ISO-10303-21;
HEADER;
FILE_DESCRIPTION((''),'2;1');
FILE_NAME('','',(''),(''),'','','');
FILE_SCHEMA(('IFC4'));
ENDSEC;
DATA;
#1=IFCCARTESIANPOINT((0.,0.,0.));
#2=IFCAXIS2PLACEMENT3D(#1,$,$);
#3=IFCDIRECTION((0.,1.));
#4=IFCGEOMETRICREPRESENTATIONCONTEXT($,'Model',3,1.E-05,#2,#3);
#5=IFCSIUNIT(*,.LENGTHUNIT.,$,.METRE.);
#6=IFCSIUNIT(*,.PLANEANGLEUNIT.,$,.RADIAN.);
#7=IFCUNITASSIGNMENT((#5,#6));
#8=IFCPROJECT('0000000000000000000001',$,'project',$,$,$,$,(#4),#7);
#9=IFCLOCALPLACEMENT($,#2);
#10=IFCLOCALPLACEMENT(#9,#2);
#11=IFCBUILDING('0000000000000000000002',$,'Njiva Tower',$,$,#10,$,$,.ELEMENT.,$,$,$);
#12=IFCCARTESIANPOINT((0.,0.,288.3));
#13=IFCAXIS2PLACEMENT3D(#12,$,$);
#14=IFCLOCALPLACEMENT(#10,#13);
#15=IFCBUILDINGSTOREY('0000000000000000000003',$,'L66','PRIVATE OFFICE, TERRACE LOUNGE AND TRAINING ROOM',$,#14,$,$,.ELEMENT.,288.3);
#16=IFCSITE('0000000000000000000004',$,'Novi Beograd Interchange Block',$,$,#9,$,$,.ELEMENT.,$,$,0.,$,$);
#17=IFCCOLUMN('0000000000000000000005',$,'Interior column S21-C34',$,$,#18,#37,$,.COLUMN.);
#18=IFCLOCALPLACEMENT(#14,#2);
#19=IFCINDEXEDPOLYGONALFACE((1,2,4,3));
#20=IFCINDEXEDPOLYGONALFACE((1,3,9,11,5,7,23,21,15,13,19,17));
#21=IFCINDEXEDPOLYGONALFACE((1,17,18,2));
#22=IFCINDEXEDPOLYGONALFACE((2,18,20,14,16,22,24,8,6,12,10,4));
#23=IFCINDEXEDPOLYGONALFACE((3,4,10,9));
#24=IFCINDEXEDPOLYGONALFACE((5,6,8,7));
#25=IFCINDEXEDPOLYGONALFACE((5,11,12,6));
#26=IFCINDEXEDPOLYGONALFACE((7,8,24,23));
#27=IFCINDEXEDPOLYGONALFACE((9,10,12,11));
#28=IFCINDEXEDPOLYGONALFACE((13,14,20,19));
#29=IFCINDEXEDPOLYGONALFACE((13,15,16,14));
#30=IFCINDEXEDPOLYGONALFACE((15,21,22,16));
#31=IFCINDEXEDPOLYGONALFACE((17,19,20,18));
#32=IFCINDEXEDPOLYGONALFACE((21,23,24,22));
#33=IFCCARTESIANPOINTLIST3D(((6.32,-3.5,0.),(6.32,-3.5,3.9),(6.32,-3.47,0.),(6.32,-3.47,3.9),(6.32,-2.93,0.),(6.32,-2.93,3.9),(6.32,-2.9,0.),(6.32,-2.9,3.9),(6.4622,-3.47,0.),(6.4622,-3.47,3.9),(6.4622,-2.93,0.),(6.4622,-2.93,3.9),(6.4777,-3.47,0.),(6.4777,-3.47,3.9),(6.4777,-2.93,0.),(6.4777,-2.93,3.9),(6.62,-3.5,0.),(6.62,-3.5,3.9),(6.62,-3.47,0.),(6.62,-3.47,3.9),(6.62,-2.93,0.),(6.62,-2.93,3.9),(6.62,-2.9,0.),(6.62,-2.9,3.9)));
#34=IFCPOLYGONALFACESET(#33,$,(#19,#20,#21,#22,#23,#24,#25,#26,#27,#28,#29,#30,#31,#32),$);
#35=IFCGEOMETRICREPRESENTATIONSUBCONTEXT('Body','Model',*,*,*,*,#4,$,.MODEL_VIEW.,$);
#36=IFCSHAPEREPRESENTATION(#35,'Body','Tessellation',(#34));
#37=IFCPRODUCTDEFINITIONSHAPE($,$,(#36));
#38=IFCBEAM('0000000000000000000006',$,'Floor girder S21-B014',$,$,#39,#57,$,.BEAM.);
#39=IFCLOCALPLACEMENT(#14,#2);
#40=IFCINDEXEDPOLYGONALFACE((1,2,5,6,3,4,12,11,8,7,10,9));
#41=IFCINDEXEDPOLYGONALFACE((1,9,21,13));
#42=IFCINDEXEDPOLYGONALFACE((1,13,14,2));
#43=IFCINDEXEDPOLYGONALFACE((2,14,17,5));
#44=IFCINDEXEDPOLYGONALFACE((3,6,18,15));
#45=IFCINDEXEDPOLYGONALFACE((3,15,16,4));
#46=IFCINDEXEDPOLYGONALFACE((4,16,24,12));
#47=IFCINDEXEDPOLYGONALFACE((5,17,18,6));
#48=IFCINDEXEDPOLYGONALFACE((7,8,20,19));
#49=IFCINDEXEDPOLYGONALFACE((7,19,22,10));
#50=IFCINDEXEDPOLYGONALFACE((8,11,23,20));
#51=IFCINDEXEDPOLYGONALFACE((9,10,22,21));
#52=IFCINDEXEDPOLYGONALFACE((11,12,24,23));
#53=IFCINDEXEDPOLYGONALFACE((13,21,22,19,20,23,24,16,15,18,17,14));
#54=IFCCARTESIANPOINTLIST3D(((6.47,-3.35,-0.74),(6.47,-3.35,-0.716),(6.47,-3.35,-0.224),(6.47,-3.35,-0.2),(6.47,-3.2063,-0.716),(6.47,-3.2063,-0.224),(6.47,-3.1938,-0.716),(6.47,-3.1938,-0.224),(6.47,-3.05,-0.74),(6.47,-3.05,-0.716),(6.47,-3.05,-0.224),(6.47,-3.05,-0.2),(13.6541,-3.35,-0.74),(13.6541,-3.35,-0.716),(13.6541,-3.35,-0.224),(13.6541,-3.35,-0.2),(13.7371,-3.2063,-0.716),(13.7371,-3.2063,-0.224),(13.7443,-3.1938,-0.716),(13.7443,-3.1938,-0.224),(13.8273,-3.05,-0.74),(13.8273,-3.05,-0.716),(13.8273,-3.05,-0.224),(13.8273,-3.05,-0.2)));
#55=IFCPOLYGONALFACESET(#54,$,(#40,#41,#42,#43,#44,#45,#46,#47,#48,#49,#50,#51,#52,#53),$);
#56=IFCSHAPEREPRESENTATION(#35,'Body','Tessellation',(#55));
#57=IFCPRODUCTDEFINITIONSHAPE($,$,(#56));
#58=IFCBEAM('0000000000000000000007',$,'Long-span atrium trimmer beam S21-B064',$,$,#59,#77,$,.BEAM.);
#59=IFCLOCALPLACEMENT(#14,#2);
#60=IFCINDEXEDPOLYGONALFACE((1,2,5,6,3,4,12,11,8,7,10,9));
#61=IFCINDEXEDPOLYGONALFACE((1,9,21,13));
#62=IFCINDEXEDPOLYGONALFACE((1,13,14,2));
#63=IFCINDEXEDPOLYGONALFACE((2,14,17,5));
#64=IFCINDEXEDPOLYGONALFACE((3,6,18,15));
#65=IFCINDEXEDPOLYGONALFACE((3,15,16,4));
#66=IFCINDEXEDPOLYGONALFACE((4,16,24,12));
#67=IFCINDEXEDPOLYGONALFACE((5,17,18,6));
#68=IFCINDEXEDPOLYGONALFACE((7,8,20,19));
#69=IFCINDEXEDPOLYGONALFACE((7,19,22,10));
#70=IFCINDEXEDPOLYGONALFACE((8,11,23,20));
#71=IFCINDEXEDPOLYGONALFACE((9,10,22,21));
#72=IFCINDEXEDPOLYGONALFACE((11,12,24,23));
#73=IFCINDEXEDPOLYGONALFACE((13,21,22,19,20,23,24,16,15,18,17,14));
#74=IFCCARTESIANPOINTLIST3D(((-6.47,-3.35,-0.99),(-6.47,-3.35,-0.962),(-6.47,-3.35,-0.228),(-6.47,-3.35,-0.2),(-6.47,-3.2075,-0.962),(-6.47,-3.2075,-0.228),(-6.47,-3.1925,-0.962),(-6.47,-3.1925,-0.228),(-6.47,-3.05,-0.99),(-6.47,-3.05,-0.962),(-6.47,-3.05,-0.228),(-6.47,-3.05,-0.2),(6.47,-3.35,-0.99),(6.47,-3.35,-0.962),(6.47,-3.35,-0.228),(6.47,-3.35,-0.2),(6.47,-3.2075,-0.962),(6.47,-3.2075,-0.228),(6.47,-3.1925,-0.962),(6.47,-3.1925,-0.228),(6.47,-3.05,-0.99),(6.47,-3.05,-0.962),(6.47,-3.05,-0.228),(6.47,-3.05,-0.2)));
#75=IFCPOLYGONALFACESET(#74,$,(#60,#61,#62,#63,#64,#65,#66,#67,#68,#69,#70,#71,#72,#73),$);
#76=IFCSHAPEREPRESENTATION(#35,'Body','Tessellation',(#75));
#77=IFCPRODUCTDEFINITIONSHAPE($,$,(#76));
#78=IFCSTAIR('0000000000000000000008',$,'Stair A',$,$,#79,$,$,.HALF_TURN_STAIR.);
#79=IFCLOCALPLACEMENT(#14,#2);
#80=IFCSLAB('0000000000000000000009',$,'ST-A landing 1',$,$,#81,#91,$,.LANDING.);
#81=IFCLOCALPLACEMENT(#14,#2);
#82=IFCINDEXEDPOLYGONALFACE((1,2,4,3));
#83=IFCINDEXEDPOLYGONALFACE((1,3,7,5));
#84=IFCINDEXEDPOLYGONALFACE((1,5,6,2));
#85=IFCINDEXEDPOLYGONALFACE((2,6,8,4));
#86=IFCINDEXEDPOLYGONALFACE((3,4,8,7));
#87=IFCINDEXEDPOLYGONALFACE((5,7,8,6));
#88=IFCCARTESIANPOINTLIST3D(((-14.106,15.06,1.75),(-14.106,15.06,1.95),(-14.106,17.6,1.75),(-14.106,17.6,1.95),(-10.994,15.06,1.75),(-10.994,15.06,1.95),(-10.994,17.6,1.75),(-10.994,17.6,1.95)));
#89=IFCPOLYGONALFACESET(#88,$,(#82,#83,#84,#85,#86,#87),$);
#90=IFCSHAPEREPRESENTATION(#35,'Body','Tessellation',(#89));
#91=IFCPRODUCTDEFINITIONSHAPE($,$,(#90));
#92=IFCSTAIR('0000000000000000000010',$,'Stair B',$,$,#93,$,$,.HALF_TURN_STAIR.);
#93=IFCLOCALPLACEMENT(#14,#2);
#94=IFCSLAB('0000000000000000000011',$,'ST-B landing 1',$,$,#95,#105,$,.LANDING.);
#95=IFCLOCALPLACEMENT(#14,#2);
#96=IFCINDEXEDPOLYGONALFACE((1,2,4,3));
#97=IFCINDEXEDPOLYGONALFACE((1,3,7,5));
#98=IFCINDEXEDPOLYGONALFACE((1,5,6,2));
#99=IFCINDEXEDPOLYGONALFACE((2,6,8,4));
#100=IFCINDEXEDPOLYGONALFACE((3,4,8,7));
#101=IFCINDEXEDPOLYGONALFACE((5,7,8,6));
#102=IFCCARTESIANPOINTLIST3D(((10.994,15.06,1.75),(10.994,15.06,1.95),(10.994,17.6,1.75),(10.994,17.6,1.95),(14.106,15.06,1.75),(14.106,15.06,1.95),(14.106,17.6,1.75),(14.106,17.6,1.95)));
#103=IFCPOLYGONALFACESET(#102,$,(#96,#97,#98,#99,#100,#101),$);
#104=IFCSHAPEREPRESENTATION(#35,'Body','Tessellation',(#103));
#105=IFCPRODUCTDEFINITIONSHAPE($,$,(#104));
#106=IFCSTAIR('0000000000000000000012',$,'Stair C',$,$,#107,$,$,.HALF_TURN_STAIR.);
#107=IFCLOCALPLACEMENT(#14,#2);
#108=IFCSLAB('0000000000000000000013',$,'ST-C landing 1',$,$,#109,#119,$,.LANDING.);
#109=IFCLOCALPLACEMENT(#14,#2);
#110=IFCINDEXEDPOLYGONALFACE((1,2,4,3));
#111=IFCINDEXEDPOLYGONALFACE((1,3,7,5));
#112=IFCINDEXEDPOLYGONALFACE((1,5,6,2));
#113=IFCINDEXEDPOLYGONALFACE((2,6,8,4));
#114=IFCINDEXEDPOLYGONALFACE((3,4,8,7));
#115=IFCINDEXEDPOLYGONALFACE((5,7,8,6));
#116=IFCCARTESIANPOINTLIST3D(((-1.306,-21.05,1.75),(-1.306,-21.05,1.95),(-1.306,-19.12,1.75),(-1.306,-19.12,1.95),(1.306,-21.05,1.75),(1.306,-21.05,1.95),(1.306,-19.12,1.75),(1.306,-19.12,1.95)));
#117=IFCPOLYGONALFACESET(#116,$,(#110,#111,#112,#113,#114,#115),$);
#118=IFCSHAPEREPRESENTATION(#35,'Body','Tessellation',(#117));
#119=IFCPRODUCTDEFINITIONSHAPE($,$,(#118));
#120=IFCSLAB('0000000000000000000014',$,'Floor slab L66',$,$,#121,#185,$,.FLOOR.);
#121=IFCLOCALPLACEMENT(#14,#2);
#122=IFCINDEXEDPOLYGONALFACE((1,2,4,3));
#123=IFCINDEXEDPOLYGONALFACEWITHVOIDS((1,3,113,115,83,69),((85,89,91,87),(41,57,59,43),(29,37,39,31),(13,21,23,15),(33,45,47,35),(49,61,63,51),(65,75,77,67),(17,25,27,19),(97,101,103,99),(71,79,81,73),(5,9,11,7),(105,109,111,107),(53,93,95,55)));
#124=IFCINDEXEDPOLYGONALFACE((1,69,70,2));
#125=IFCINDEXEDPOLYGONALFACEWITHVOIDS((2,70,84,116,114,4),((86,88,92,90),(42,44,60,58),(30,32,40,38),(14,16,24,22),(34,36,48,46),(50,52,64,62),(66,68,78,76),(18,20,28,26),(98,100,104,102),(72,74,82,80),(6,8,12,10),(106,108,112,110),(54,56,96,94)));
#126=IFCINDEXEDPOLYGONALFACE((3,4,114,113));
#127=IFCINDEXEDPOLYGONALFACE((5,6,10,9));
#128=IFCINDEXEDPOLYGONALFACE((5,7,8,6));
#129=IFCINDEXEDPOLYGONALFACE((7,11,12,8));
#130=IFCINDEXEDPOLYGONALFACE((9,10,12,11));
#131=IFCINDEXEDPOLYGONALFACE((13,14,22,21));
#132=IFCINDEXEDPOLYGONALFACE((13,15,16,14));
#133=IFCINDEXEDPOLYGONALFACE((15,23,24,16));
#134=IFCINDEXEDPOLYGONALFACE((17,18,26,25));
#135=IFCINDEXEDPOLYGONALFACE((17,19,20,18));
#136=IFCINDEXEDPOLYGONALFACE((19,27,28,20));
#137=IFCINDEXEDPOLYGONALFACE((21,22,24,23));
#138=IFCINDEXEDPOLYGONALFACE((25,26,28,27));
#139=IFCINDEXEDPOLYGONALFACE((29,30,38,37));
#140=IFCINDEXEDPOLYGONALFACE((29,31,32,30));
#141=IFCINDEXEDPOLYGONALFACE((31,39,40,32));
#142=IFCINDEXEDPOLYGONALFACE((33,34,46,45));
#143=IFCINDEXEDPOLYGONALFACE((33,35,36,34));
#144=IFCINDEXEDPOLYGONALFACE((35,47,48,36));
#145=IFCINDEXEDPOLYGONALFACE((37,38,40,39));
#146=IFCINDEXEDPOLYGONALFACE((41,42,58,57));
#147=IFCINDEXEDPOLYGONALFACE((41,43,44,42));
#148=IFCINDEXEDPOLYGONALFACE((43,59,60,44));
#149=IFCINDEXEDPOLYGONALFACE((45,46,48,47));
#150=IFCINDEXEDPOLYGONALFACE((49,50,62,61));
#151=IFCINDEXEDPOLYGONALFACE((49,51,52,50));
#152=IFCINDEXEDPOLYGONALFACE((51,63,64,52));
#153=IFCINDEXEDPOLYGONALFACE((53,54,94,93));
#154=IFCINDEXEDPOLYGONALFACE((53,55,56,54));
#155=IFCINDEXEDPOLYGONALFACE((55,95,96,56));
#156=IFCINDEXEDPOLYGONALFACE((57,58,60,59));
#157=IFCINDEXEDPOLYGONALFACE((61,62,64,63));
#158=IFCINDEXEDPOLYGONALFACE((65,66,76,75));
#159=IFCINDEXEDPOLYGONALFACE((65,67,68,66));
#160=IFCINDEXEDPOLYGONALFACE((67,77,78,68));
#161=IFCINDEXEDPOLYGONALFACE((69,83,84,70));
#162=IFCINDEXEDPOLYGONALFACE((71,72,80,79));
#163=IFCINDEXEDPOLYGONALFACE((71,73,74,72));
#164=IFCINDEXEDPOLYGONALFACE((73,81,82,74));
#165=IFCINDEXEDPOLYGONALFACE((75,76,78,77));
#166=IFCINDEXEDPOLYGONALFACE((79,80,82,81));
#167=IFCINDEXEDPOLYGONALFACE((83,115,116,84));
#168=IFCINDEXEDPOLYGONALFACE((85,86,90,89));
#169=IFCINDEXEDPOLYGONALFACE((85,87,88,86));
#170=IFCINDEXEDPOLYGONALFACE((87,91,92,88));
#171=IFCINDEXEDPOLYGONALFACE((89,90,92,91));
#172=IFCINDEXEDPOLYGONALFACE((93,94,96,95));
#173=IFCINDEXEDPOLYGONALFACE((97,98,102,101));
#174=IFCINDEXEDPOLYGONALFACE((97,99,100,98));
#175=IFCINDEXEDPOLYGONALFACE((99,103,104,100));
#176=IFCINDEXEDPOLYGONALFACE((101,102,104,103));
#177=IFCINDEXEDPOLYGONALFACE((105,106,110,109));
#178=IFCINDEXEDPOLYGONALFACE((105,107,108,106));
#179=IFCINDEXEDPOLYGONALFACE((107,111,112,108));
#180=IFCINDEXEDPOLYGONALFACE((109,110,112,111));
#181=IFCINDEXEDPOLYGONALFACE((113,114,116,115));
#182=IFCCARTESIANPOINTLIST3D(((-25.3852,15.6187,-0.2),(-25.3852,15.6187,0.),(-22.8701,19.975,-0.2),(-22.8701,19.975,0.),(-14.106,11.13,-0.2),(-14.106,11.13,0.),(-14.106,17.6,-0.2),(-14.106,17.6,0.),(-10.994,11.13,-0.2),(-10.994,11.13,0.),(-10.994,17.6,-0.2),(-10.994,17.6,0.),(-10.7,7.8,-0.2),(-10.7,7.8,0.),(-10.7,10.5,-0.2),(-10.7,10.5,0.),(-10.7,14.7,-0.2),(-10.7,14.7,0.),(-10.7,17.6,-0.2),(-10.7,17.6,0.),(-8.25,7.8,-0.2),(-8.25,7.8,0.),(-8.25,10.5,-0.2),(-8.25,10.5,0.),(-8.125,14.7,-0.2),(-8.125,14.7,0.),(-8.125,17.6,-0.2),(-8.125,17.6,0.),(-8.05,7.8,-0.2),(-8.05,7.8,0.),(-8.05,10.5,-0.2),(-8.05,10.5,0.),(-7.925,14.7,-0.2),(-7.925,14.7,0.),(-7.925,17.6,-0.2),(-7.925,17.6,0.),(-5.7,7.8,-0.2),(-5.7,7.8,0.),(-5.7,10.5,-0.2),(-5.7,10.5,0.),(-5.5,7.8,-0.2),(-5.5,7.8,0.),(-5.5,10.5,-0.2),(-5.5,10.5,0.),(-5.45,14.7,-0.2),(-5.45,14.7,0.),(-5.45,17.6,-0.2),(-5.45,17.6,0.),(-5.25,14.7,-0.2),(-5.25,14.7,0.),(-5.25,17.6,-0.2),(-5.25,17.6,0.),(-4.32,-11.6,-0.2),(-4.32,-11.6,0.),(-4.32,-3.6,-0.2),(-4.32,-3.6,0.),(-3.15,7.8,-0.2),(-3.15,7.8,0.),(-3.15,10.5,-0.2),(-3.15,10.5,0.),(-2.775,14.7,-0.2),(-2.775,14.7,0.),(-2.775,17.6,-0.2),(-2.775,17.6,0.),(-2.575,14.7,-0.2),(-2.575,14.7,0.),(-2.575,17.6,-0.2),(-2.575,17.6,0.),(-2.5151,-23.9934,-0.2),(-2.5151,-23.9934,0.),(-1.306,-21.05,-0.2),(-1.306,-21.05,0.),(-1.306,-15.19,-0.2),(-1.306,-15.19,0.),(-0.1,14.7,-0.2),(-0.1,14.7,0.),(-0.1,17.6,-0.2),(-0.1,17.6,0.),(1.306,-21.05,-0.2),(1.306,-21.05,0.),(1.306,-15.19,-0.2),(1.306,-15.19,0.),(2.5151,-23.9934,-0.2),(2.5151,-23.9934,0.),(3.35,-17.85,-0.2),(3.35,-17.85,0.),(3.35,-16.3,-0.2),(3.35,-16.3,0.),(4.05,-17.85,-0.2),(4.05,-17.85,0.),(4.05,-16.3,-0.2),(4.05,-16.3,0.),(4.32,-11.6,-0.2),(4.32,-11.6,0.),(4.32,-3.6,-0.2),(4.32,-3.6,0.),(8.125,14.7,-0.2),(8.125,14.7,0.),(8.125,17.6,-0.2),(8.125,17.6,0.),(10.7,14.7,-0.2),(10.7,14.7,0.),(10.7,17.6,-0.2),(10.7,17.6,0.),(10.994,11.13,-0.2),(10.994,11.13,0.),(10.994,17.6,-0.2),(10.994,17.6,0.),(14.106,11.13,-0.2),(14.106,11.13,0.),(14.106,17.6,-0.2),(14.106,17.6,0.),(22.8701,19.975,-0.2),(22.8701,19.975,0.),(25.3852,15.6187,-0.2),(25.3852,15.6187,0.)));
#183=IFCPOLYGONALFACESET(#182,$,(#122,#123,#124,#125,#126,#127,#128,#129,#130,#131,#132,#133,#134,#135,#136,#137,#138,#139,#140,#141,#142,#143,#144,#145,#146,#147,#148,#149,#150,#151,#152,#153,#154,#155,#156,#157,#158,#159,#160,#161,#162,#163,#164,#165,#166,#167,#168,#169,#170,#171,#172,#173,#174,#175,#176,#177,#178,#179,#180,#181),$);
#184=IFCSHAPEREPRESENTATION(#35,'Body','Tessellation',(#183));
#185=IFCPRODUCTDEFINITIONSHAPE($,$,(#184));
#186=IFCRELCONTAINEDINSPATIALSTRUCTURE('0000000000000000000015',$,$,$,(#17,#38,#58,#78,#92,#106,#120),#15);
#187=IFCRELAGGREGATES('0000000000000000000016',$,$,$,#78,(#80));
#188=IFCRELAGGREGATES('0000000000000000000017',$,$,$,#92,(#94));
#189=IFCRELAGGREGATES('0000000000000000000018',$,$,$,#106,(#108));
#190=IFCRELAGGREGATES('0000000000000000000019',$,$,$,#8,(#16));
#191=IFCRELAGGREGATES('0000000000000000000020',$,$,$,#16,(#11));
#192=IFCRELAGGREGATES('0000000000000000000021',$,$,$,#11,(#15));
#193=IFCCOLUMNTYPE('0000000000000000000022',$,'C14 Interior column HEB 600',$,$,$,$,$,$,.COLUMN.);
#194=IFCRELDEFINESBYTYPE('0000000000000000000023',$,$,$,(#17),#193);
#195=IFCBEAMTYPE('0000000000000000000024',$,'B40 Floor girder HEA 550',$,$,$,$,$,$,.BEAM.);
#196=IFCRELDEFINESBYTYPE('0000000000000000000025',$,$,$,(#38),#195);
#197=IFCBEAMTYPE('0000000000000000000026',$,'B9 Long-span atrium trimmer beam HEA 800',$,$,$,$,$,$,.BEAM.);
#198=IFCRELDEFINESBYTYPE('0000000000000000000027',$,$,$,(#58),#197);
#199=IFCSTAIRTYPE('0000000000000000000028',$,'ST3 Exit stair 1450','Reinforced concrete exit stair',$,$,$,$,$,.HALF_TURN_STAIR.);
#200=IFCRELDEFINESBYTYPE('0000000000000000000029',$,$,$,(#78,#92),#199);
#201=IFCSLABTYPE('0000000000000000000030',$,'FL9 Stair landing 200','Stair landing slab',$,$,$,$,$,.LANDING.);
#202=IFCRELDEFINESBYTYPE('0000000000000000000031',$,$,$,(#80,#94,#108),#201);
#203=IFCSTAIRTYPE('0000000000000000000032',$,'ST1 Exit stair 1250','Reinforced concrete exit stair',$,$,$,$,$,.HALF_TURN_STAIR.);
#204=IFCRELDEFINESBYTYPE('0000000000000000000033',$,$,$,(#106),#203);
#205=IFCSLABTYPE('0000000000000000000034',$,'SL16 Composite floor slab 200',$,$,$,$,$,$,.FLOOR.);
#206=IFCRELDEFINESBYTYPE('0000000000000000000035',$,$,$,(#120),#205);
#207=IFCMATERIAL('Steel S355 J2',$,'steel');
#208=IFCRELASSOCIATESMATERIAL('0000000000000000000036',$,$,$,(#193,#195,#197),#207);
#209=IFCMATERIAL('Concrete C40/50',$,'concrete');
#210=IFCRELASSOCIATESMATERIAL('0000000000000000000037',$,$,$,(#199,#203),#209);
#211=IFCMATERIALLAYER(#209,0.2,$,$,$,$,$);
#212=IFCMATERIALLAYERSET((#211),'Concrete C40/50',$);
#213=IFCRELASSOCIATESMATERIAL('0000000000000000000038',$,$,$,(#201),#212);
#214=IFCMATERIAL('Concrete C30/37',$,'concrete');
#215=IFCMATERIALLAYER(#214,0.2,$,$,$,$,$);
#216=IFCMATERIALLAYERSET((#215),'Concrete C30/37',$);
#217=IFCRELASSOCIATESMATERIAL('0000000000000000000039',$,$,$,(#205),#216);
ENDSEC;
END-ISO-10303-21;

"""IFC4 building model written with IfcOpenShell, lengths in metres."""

from ifc_helpers import new_model, si_unit, direction, frame, origin, origin_2d, place, context, subcontext, project, spatial, polyline, i_section, outline, extrude, clip, halfspace, material, layer, layer_set, material_profile, profile_set, type_object, element, aggregate, save


model = new_model("IFC4")

# Units and contexts
model_context = context("Model", 3, precision=1e-05, world=origin(), true_north=direction((0.0, 1.0)))
body_context = subcontext(model_context, "Body", "Model", "MODEL_VIEW")
ifc_project = project(units=[si_unit("LENGTHUNIT", "METRE"), si_unit("PLANEANGLEUNIT", "RADIAN")], contexts=[model_context])

# Site, building, storey
site_placement = place(None, origin())
site = spatial("IfcSite", under=ifc_project, at=site_placement, Name="Novi Beograd Interchange Block", CompositionType="ELEMENT", RefElevation=0.0)
building_placement = place(site_placement, origin())
building = spatial("IfcBuilding", under=site, at=building_placement, Name="Njiva Tower", CompositionType="ELEMENT")
storey_placement = place(building_placement, frame((0.0, 0.0, 288.3)))
storey = spatial("IfcBuildingStorey", under=building, at=storey_placement, Name="L66", Description="PRIVATE OFFICE, TERRACE LOUNGE AND TRAINING ROOM", CompositionType="ELEMENT", Elevation=288.3)

# Column
ifc_material_1 = material(Name="Steel S355 J2", Category="steel")
ifc_material_profile_1 = material_profile(ifc_material_1, i_section(OverallWidth=0.3, OverallDepth=0.6, WebThickness=0.0155, FlangeThickness=0.03, at=origin_2d()), Name="HEB 600")
ifc_profile_set_1 = profile_set([ifc_material_profile_1], Name="Steel S355 J2")
column_type = type_object("IfcColumnType", Name="C14 Interior column HEB 600", PredefinedType="COLUMN", material=ifc_profile_set_1)
column_placement = place(storey_placement, frame((6.47, -3.2, 0.0), z_axis=(0.0, 0.0, 1.0), x_axis=(1.0, 0.0, 0.0)))
element("IfcColumn", 1, at=column_placement, inside=storey, type_object=column_type, Name="Interior column S21-C34", PredefinedType="COLUMN", context=body_context, shape_type="SweptSolid", body=[
    extrude(i_section(OverallWidth=0.3, OverallDepth=0.6, WebThickness=0.0155, FlangeThickness=0.03, at=origin_2d()), origin(), (0.0, 0.0, 1.0), 3.9),
])

# Beams
ifc_material_profile_2 = material_profile(ifc_material_1, i_section(OverallWidth=0.3, OverallDepth=0.54, WebThickness=0.0125, FlangeThickness=0.024, at=origin_2d()), Name="HEA 550")
ifc_profile_set_2 = profile_set([ifc_material_profile_2], Name="Steel S355 J2")
beam_type_1 = type_object("IfcBeamType", Name="B40 Floor girder HEA 550", PredefinedType="BEAM", material=ifc_profile_set_2)
beam_1_placement = place(storey_placement, frame((6.47, -3.2, -0.47), z_axis=(1.0, 0.0, 0.0), x_axis=(0.0, 1.0, 0.0)))
element("IfcBeam", 2, at=beam_1_placement, inside=storey, type_object=beam_type_1, Name="Floor girder S21-B014", PredefinedType="BEAM", context=body_context, shape_type="Clipping", body=[
    clip(extrude(i_section(OverallWidth=0.3, OverallDepth=0.54, WebThickness=0.0125, FlangeThickness=0.024, at=origin_2d()), origin(), (0.0, 0.0, 1.0), 7.378), halfspace(frame((-0.025, 0.0, 7.2563), z_axis=(-0.499998, 0.0, 0.866027), x_axis=(0.0, 1.0, 0.0)), False)),
])
ifc_material_profile_3 = material_profile(ifc_material_1, i_section(OverallWidth=0.3, OverallDepth=0.79, WebThickness=0.015, FlangeThickness=0.028, at=origin_2d()), Name="HEA 800")
ifc_profile_set_3 = profile_set([ifc_material_profile_3], Name="Steel S355 J2")
beam_type_2 = type_object("IfcBeamType", Name="B9 Long-span atrium trimmer beam HEA 800", PredefinedType="BEAM", material=ifc_profile_set_3)
beam_2_placement = place(storey_placement, frame((6.47, -3.2, -0.595), z_axis=(-1.0, 0.0, 0.0), x_axis=(0.0, -1.0, 0.0)))
element("IfcBeam", 3, at=beam_2_placement, inside=storey, type_object=beam_type_2, Name="Long-span atrium trimmer beam S21-B064", PredefinedType="BEAM", context=body_context, shape_type="SweptSolid", body=[
    extrude(i_section(OverallWidth=0.3, OverallDepth=0.79, WebThickness=0.015, FlangeThickness=0.028, at=origin_2d()), origin(), (0.0, 0.0, 1.0), 12.94),
])

# Stairs, slabs
ifc_material_2 = material(Name="Concrete C40/50", Category="concrete")
stair_type_1 = type_object("IfcStairType", Name="ST3 Exit stair 1450", Description="Reinforced concrete exit stair", PredefinedType="HALF_TURN_STAIR", material=ifc_material_2)
stair_1_placement = place(storey_placement, origin())
stair_1 = element("IfcStair", 4, at=stair_1_placement, inside=storey, type_object=stair_type_1, Name="Stair A", PredefinedType="HALF_TURN_STAIR")
ifc_layer_1 = layer(ifc_material_2, 0.2)
ifc_layer_set_1 = layer_set([ifc_layer_1], Name="Concrete C40/50")
slab_type_1 = type_object("IfcSlabType", Name="FL9 Stair landing 200", Description="Stair landing slab", PredefinedType="LANDING", material=ifc_layer_set_1)
slab_1_placement = place(storey_placement, frame((0.0, 0.0, 1.75)))
slab_1 = element("IfcSlab", 5, at=slab_1_placement, type_object=slab_type_1, Name="ST-A landing 1", PredefinedType="LANDING", context=body_context, shape_type="SweptSolid", body=[
    extrude(outline(polyline([(-14.106, 15.06), (-10.994, 15.06), (-10.994, 17.6), (-14.106, 17.6), (-14.106, 15.06)])), origin(), (0.0, 0.0, 1.0), 0.2),
])
aggregate(stair_1, [slab_1])
stair_2_placement = place(storey_placement, origin())
stair_2 = element("IfcStair", 6, at=stair_2_placement, inside=storey, type_object=stair_type_1, Name="Stair B", PredefinedType="HALF_TURN_STAIR")
slab_2_placement = place(storey_placement, frame((0.0, 0.0, 1.75)))
slab_2 = element("IfcSlab", 7, at=slab_2_placement, type_object=slab_type_1, Name="ST-B landing 1", PredefinedType="LANDING", context=body_context, shape_type="SweptSolid", body=[
    extrude(outline(polyline([(10.994, 15.06), (14.106, 15.06), (14.106, 17.6), (10.994, 17.6), (10.994, 15.06)])), origin(), (0.0, 0.0, 1.0), 0.2),
])
aggregate(stair_2, [slab_2])
stair_type_2 = type_object("IfcStairType", Name="ST1 Exit stair 1250", Description="Reinforced concrete exit stair", PredefinedType="HALF_TURN_STAIR", material=ifc_material_2)
stair_3_placement = place(storey_placement, origin())
stair_3 = element("IfcStair", 8, at=stair_3_placement, inside=storey, type_object=stair_type_2, Name="Stair C", PredefinedType="HALF_TURN_STAIR")
slab_3_placement = place(storey_placement, frame((0.0, 0.0, 1.75)))
slab_3 = element("IfcSlab", 9, at=slab_3_placement, type_object=slab_type_1, Name="ST-C landing 1", PredefinedType="LANDING", context=body_context, shape_type="SweptSolid", body=[
    extrude(outline(polyline([(-1.306, -21.05), (1.306, -21.05), (1.306, -19.12), (-1.306, -19.12), (-1.306, -21.05)])), origin(), (0.0, 0.0, 1.0), 0.2),
])
aggregate(stair_3, [slab_3])

# Slab
ifc_material_3 = material(Name="Concrete C30/37", Category="concrete")
ifc_layer_2 = layer(ifc_material_3, 0.2)
ifc_layer_set_2 = layer_set([ifc_layer_2], Name="Concrete C30/37")
slab_type_2 = type_object("IfcSlabType", Name="SL16 Composite floor slab 200", PredefinedType="FLOOR", material=ifc_layer_set_2)
slab_4_placement = place(storey_placement, frame((0.0, 0.0, -0.2)))
element("IfcSlab", 10, at=slab_4_placement, inside=storey, type_object=slab_type_2, Name="Floor slab L66", PredefinedType="FLOOR", context=body_context, shape_type="SweptSolid", body=[
    extrude(outline(polyline([(25.3852, 15.6187), (2.5151, -23.9934), (-2.5151, -23.9934), (-25.3852, 15.6187), (-22.8701, 19.975), (22.8701, 19.975), (25.3852, 15.6187)]), holes=[polyline([(10.994, 11.13), (14.106, 11.13), (14.106, 17.6), (10.994, 17.6), (10.994, 11.13)]), polyline([(8.125, 14.7), (10.7, 14.7), (10.7, 17.6), (8.125, 17.6), (8.125, 14.7)]), polyline([(4.32, -11.6), (4.32, -3.6), (-4.32, -3.6), (-4.32, -11.6), (4.32, -11.6)]), polyline([(3.35, -17.85), (4.05, -17.85), (4.05, -16.3), (3.35, -16.3), (3.35, -17.85)]), polyline([(-1.306, -21.05), (1.306, -21.05), (1.306, -15.19), (-1.306, -15.19), (-1.306, -21.05)]), polyline([(-2.575, 14.7), (-0.1, 14.7), (-0.1, 17.6), (-2.575, 17.6), (-2.575, 14.7)]), polyline([(-2.775, 14.7), (-2.775, 17.6), (-5.25, 17.6), (-5.25, 14.7), (-2.775, 14.7)]), polyline([(-5.5, 7.8), (-3.15, 7.8), (-3.15, 10.5), (-5.5, 10.5), (-5.5, 7.8)]), polyline([(-7.925, 14.7), (-5.45, 14.7), (-5.45, 17.6), (-7.925, 17.6), (-7.925, 14.7)]), polyline([(-8.05, 7.8), (-5.7, 7.8), (-5.7, 10.5), (-8.05, 10.5), (-8.05, 7.8)]), polyline([(-10.7, 14.7), (-8.125, 14.7), (-8.125, 17.6), (-10.7, 17.6), (-10.7, 14.7)]), polyline([(-8.25, 7.8), (-8.25, 10.5), (-10.7, 10.5), (-10.7, 7.8), (-8.25, 7.8)]), polyline([(-10.994, 11.13), (-10.994, 17.6), (-14.106, 17.6), (-14.106, 11.13), (-10.994, 11.13)])]), origin(), (0.0, 0.0, 1.0), 0.2),
])

save(model, "model.ifc")
